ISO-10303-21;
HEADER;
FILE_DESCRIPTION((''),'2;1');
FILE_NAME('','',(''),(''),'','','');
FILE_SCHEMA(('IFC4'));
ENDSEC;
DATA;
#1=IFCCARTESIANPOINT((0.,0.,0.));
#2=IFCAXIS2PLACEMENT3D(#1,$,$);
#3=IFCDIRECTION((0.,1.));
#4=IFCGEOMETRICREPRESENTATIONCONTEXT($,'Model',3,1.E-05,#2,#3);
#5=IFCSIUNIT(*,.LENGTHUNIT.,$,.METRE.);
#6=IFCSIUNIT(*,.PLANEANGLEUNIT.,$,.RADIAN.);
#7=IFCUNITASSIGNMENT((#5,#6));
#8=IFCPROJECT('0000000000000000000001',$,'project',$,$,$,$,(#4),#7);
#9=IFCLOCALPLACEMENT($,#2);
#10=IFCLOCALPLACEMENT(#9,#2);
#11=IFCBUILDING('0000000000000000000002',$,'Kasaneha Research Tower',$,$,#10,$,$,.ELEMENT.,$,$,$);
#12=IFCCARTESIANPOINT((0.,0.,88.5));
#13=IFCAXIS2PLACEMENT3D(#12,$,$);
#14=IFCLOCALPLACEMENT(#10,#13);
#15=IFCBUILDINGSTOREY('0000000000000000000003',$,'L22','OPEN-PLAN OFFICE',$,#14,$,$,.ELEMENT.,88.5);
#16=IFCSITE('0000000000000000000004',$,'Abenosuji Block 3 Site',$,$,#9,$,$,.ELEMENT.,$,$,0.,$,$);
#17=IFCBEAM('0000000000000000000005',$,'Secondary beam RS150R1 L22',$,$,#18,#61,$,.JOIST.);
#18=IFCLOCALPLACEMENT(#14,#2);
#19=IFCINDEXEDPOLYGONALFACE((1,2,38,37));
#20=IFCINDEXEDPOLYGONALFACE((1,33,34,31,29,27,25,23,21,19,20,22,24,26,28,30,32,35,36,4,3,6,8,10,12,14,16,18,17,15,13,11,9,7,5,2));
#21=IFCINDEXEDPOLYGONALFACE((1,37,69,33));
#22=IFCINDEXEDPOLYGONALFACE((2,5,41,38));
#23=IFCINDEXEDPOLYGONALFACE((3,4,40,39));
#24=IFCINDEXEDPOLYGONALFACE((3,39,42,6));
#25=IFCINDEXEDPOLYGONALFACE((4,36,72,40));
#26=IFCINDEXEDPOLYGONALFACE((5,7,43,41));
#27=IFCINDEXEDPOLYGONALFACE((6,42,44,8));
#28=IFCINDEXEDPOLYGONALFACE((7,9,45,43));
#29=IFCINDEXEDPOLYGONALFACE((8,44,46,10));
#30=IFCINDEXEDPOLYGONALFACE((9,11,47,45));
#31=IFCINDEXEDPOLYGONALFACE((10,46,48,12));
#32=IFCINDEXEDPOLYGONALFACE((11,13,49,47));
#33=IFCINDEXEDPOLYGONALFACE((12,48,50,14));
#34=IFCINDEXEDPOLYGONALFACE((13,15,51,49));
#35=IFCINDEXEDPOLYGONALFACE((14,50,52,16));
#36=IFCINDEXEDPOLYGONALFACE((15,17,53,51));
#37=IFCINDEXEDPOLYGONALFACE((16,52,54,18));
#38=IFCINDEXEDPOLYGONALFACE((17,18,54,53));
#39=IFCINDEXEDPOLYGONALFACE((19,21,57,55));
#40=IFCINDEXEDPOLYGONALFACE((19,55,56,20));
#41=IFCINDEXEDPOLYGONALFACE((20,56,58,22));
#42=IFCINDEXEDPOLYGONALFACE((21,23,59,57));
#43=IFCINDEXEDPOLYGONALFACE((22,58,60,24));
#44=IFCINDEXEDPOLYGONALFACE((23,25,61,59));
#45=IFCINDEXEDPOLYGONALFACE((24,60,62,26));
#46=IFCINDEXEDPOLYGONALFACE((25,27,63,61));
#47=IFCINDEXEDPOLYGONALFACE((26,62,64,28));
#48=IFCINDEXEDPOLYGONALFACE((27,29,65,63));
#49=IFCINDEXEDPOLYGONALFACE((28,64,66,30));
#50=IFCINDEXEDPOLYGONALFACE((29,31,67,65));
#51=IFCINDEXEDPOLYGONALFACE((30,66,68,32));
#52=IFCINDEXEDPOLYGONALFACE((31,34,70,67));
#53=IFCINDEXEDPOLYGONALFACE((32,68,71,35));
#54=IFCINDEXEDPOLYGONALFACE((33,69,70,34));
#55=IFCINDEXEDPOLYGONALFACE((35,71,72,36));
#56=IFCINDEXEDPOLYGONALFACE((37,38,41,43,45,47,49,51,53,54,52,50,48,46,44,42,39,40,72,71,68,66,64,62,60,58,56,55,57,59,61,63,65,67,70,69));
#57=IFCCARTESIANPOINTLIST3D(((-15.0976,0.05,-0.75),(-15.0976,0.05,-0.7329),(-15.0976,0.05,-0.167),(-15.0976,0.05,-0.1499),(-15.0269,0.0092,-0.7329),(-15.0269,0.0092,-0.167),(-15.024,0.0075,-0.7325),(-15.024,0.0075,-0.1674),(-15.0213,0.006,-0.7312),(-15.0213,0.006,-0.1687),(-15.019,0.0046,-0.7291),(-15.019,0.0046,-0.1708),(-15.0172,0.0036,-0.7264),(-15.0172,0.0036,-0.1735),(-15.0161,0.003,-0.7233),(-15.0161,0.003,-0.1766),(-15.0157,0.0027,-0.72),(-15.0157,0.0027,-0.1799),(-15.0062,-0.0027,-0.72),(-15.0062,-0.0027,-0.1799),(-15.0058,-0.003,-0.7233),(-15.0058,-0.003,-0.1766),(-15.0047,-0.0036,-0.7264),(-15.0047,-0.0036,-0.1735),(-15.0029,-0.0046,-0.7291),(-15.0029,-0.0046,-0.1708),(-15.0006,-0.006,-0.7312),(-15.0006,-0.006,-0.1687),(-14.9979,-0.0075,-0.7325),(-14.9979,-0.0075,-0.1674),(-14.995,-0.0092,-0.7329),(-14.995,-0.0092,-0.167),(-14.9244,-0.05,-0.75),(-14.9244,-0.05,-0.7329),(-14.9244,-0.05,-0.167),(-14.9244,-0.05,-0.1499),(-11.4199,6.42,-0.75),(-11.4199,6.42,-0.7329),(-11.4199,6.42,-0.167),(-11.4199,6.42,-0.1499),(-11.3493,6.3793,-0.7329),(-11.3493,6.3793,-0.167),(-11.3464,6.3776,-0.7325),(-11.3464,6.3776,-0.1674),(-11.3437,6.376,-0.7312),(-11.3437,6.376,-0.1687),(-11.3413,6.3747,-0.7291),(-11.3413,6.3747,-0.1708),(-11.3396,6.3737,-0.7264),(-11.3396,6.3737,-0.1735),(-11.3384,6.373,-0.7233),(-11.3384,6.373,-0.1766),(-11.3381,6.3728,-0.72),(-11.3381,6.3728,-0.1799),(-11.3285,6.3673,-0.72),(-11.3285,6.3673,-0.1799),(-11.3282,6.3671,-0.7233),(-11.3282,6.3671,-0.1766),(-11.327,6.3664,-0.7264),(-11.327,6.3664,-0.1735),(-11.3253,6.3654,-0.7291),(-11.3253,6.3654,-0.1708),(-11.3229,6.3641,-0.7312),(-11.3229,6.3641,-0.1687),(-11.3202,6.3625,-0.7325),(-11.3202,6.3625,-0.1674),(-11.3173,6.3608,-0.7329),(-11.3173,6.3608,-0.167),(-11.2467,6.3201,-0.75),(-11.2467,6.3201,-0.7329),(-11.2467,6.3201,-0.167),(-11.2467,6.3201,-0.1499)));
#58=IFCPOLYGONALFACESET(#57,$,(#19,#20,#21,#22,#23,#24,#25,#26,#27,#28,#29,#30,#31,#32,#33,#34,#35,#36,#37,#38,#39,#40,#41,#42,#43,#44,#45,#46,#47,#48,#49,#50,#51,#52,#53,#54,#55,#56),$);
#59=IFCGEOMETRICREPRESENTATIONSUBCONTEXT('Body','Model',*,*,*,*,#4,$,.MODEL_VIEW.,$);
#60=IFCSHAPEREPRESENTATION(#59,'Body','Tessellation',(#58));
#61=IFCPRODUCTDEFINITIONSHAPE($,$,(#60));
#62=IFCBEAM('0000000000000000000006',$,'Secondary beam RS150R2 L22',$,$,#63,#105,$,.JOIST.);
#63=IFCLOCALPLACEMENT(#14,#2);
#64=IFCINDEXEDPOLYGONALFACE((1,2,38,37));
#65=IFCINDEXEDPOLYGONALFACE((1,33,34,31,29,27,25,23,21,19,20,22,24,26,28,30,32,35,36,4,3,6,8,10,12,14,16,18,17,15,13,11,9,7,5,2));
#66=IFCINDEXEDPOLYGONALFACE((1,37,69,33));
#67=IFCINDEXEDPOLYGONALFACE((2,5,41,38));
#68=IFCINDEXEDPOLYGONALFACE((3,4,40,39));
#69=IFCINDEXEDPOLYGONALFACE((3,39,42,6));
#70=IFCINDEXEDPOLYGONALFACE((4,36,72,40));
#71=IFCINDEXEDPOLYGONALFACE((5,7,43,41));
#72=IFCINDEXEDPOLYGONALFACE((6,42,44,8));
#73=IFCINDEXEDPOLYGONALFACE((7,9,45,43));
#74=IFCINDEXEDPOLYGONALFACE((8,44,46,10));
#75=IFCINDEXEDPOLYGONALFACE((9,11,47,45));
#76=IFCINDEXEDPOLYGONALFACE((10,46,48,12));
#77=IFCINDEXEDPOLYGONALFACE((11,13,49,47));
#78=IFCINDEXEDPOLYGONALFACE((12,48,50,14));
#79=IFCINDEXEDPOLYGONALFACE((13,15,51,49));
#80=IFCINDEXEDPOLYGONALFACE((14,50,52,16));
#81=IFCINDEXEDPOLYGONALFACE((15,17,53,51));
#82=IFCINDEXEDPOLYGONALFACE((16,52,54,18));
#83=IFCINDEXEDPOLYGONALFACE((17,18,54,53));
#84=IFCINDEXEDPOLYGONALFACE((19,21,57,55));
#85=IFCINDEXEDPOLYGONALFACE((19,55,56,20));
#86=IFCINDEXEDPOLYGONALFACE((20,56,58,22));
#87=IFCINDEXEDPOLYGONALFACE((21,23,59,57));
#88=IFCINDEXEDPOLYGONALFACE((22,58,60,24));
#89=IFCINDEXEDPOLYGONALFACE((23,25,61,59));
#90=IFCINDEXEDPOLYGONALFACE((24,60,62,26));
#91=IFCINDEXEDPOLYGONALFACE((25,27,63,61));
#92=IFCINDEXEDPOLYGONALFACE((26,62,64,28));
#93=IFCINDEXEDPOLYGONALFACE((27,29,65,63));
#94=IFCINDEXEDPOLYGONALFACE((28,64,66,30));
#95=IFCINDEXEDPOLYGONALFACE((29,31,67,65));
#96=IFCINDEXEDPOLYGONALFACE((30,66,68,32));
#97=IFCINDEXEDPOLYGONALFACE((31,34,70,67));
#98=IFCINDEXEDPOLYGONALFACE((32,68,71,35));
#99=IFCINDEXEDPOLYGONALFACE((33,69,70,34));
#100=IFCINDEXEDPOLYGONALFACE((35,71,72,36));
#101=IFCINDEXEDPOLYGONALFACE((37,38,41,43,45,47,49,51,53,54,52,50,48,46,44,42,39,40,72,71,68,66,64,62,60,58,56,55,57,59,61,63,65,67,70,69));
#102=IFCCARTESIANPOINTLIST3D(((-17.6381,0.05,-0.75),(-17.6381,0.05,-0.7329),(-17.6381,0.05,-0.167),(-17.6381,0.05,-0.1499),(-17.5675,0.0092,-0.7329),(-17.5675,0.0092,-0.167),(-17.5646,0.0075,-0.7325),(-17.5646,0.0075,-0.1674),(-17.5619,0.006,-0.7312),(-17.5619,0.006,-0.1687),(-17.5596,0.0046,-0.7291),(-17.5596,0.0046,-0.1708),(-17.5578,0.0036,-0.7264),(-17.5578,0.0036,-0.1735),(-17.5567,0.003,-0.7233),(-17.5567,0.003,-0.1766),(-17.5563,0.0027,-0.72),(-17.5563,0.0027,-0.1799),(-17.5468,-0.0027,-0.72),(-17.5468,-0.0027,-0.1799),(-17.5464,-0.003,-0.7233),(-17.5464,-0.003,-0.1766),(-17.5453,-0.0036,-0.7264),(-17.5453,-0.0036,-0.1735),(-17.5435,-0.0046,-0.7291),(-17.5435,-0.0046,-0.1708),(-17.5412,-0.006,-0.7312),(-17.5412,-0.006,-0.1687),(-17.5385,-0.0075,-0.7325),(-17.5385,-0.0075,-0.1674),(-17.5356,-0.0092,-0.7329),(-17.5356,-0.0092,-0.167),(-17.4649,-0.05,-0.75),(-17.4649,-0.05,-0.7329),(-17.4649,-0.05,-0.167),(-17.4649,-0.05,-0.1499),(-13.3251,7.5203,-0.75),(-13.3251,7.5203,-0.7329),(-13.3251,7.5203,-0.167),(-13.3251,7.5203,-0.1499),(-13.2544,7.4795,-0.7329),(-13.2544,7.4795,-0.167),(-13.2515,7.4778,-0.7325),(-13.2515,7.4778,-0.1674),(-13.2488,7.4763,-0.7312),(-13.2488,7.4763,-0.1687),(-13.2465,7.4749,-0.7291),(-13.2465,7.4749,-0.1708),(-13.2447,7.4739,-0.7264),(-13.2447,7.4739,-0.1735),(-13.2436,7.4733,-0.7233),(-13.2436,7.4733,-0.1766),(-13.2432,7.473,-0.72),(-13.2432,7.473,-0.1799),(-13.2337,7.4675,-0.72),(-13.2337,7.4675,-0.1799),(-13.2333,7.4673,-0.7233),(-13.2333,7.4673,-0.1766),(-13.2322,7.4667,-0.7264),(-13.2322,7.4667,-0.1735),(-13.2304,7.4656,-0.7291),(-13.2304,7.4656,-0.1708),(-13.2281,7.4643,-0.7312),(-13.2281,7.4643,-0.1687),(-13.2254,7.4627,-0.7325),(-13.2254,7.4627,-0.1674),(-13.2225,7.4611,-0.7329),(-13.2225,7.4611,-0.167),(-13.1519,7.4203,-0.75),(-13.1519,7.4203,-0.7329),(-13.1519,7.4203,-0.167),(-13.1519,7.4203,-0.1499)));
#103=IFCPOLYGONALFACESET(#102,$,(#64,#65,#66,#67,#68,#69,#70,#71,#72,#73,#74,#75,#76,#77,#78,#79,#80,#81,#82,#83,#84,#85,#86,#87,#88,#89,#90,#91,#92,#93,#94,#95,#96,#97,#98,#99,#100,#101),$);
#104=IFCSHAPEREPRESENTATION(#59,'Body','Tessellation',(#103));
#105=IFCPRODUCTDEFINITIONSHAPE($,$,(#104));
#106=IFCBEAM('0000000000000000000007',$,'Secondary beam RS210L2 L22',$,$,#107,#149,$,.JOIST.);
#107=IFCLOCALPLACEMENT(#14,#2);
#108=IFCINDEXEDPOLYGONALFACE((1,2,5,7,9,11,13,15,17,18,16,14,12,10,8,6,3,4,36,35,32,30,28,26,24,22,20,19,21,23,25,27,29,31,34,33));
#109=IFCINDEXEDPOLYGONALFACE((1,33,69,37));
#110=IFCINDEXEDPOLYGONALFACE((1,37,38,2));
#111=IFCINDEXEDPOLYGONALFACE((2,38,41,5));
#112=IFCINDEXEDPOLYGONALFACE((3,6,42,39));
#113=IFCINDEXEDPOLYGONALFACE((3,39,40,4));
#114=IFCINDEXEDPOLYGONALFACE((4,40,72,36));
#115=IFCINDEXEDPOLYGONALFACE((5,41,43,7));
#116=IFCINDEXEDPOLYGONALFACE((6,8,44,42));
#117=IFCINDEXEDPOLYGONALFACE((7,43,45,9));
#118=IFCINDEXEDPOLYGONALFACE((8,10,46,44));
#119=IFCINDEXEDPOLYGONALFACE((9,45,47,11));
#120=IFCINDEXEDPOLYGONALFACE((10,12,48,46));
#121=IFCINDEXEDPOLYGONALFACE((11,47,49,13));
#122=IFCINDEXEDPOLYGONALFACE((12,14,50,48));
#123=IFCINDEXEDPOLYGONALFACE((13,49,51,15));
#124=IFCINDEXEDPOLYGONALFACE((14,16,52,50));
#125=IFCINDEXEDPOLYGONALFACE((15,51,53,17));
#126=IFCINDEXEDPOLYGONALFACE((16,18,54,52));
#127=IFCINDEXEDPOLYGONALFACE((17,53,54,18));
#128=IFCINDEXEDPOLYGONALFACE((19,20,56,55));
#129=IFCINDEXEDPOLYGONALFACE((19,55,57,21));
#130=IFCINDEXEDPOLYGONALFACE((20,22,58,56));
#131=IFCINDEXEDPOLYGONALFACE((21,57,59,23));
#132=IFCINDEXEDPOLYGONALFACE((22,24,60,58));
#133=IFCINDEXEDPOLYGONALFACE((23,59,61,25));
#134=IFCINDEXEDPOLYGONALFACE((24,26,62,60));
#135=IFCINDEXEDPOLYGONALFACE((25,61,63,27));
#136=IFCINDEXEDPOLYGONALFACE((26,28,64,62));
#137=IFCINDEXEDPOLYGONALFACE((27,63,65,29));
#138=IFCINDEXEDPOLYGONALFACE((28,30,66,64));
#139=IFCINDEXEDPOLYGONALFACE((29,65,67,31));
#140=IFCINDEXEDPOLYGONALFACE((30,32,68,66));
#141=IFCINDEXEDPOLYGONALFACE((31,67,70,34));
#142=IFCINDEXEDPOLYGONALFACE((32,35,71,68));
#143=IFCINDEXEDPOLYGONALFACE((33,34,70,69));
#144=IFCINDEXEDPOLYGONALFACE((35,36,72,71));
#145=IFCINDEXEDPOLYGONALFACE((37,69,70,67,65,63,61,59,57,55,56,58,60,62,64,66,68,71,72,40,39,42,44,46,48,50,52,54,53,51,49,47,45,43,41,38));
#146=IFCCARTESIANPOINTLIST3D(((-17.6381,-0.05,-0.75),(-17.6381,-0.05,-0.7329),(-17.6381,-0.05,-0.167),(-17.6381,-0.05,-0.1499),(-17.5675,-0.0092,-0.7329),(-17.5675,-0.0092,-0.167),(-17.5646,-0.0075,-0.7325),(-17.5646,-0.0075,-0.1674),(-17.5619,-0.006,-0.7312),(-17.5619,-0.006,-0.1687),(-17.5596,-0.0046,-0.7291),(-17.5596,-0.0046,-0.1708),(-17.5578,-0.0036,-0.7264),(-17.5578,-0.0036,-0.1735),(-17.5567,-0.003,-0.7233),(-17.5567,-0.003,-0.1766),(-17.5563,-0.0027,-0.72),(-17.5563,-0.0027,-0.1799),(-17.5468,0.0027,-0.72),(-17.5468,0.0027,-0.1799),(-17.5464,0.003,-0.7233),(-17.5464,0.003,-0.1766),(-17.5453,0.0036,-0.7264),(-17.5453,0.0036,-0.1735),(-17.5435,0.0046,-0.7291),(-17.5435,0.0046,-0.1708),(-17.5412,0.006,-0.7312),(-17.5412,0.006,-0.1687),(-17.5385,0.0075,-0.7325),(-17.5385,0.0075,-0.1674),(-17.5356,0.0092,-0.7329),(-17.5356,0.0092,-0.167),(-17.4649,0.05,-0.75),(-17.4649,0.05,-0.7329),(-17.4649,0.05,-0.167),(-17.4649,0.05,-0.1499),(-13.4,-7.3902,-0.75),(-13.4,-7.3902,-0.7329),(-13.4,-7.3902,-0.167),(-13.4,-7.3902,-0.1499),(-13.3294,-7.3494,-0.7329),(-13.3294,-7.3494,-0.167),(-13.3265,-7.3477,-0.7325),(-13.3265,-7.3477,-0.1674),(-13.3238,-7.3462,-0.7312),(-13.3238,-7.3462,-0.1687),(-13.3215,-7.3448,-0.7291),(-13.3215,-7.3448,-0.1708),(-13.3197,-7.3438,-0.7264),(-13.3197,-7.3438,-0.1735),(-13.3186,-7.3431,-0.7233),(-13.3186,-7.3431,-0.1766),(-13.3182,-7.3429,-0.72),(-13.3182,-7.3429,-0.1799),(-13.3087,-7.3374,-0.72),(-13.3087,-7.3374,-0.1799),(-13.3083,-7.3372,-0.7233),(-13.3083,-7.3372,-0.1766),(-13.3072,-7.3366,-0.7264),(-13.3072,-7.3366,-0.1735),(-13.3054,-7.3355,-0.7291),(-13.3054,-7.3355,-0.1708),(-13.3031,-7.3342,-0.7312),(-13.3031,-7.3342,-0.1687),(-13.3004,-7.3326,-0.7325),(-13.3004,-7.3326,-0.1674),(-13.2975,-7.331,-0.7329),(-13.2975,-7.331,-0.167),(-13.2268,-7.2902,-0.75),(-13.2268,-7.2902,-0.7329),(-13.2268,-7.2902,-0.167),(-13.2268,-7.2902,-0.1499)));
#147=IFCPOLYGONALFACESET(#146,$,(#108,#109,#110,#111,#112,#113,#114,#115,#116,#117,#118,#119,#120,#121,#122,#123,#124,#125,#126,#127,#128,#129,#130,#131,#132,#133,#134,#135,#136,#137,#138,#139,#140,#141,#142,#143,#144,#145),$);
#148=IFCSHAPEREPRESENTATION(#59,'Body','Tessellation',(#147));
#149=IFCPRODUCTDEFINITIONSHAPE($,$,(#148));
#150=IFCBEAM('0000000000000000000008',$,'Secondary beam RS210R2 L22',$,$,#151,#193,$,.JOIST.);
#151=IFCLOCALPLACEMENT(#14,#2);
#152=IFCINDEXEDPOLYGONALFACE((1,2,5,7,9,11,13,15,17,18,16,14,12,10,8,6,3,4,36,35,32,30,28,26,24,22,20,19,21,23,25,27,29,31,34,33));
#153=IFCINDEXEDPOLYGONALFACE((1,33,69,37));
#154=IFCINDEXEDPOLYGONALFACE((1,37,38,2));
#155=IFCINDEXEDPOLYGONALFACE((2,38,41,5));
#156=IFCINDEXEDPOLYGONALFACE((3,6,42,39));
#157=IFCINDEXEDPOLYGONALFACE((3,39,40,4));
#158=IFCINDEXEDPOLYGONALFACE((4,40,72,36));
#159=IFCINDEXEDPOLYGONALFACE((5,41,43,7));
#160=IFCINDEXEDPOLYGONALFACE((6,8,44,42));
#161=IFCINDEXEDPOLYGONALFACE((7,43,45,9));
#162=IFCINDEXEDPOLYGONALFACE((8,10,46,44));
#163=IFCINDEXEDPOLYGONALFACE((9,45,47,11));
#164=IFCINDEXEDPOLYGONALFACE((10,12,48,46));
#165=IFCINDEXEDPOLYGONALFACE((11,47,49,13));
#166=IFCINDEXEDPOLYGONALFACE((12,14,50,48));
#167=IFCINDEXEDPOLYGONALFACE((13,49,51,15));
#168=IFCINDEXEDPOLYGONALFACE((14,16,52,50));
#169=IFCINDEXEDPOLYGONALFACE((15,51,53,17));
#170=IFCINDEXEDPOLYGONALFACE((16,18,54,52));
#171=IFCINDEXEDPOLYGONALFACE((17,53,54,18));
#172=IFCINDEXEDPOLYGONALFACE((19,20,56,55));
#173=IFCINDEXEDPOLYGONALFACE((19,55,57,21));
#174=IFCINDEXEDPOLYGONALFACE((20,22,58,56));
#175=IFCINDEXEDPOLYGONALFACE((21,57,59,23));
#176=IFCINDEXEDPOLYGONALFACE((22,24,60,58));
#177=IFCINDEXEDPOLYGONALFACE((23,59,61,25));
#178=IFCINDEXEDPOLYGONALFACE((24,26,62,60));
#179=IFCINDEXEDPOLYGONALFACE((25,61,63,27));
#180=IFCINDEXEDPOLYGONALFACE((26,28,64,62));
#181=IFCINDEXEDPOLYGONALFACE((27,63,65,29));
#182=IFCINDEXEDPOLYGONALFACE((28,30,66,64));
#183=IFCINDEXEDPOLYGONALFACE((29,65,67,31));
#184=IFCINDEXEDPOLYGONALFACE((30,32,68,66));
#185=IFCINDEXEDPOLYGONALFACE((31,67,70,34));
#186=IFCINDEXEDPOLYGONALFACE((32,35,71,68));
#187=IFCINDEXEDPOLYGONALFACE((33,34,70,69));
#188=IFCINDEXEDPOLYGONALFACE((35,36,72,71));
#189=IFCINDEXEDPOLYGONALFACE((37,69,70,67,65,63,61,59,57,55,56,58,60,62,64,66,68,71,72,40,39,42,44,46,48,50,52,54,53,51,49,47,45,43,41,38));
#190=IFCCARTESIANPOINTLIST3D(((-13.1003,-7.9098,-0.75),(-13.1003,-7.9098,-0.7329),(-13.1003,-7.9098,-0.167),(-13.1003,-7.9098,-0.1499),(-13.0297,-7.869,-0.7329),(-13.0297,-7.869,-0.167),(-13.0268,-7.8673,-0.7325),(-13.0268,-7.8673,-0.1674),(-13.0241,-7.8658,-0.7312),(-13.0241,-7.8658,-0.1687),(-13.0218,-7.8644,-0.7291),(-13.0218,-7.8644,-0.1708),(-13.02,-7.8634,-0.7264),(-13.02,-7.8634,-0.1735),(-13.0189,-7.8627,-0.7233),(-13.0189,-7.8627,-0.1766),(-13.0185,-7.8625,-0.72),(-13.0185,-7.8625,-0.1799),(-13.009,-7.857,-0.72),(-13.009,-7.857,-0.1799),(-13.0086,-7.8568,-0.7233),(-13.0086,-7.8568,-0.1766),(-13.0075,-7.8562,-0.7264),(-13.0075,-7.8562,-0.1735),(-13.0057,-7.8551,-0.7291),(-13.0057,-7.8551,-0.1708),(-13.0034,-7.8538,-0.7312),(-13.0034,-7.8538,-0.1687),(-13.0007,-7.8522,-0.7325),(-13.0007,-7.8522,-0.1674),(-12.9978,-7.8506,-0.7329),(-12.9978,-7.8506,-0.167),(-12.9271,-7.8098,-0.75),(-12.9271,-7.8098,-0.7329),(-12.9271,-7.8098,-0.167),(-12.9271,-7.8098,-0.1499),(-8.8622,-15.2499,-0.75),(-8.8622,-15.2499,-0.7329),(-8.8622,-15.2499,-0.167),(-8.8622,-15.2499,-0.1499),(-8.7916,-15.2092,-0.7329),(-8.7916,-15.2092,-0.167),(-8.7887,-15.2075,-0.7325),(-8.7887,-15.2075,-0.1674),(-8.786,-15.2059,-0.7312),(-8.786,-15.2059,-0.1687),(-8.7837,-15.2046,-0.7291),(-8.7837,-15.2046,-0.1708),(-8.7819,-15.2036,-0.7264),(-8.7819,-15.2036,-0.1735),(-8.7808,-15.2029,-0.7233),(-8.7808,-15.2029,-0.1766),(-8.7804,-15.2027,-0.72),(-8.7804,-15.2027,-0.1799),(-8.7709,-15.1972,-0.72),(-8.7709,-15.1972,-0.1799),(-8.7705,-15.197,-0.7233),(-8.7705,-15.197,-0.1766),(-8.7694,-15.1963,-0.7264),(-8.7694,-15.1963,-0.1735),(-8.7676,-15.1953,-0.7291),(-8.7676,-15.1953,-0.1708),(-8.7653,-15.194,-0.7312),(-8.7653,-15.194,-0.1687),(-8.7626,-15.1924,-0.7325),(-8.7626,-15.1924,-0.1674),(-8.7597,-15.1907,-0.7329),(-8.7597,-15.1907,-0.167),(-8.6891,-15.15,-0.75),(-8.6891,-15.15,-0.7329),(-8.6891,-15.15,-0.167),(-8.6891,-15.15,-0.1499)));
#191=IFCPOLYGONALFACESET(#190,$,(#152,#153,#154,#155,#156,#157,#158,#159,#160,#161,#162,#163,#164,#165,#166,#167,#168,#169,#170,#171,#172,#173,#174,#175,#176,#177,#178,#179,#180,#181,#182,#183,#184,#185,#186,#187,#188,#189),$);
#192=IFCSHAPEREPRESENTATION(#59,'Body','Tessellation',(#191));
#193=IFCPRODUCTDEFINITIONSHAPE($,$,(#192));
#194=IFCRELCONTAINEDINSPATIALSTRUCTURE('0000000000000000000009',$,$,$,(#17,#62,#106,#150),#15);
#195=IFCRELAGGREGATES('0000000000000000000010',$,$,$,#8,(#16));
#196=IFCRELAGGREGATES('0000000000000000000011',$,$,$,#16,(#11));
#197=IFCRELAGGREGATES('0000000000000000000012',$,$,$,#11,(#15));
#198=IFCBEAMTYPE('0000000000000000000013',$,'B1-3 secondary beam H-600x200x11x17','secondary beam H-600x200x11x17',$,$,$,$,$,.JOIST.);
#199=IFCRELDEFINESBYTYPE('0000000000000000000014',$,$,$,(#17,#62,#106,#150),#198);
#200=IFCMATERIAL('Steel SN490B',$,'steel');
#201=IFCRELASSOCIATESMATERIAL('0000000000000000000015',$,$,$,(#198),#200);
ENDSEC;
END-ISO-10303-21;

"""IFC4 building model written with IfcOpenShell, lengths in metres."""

from ifc_helpers import new_model, si_unit, direction, frame, origin, origin_2d, place, context, subcontext, project, spatial, i_section, extrude, material, material_profile, profile_set, type_object, element, save


model = new_model("IFC4")

# Units and contexts
model_context = context("Model", 3, precision=1e-05, world=origin(), true_north=direction((0.0, 1.0)))
body_context = subcontext(model_context, "Body", "Model", "MODEL_VIEW")
ifc_project = project(units=[si_unit("LENGTHUNIT", "METRE"), si_unit("PLANEANGLEUNIT", "RADIAN")], contexts=[model_context])

# Site, building, storey
site_placement = place(None, origin())
site = spatial("IfcSite", under=ifc_project, at=site_placement, Name="Abenosuji Block 3 Site", CompositionType="ELEMENT", RefElevation=0.0)
building_placement = place(site_placement, origin())
building = spatial("IfcBuilding", under=site, at=building_placement, Name="Kasaneha Research Tower", CompositionType="ELEMENT")
storey_placement = place(building_placement, frame((0.0, 0.0, 88.5)))
storey = spatial("IfcBuildingStorey", under=building, at=storey_placement, Name="L22", Description="OPEN-PLAN OFFICE", CompositionType="ELEMENT", Elevation=88.5)

# Beams
ifc_material_1 = material(Name="Steel SN490B", Category="steel")
ifc_material_profile = material_profile(ifc_material_1, i_section(OverallWidth=0.2, OverallDepth=0.6001, WebThickness=0.011, FlangeThickness=0.0171, FilletRadius=0.0129, at=origin_2d()), Name="H-600x200x11x17")
ifc_profile_set = profile_set([ifc_material_profile], Name="Steel SN490B")
beam_type = type_object("IfcBeamType", Name="B1-3 secondary beam H-600x200x11x17", Description="secondary beam H-600x200x11x17", PredefinedType="JOIST", material=ifc_profile_set)
beam_1_placement = place(storey_placement, frame((-15.011, 0.0, -0.45), z_axis=(0.499994, 0.866029, 0.0), x_axis=(-0.866029, 0.499994, 0.0)))
element("IfcBeam", 1, at=beam_1_placement, inside=storey, type_object=beam_type, Name="Secondary beam RS150R1 L22", PredefinedType="JOIST", context=body_context, shape_type="SweptSolid", body=[
    extrude(i_section(OverallWidth=0.2, OverallDepth=0.6001, WebThickness=0.011, FlangeThickness=0.0171, FilletRadius=0.0129, at=origin_2d()), origin(), (0.0, 0.0, 1.0), 7.3555),
])
beam_2_placement = place(storey_placement, frame((-17.5515, 0.0, -0.45), z_axis=(0.500005, 0.866023, 0.0), x_axis=(-0.866023, 0.500005, 0.0)))
element("IfcBeam", 2, at=beam_2_placement, inside=storey, type_object=beam_type, Name="Secondary beam RS150R2 L22", PredefinedType="JOIST", context=body_context, shape_type="SweptSolid", body=[
    extrude(i_section(OverallWidth=0.2, OverallDepth=0.6001, WebThickness=0.011, FlangeThickness=0.0171, FilletRadius=0.0129, at=origin_2d()), origin(), (0.0, 0.0, 1.0), 8.626),
])
for number, where, z_axis, x_axis, name in (
    (3, (-17.5515, 0.0, -0.45), (0.500021, -0.866013, 0.0), (0.866013, 0.500021, 0.0), "Secondary beam RS210L2 L22"),
    (4, (-8.7756, -15.2, -0.45), (-0.500021, 0.866013, 0.0), (-0.866013, -0.500021, 0.0), "Secondary beam RS210R2 L22"),
):
    element("IfcBeam", number, at=place(storey_placement, frame(where, z_axis=z_axis, x_axis=x_axis)), inside=storey, type_object=beam_type, Name=name, PredefinedType="JOIST", context=body_context, shape_type="SweptSolid", body=[
        extrude(i_section(OverallWidth=0.2, OverallDepth=0.6001, WebThickness=0.011, FlangeThickness=0.0171, FilletRadius=0.0129, at=origin_2d()), origin(), (0.0, 0.0, 1.0), 8.4758),
    ])

save(model, "model.ifc")
